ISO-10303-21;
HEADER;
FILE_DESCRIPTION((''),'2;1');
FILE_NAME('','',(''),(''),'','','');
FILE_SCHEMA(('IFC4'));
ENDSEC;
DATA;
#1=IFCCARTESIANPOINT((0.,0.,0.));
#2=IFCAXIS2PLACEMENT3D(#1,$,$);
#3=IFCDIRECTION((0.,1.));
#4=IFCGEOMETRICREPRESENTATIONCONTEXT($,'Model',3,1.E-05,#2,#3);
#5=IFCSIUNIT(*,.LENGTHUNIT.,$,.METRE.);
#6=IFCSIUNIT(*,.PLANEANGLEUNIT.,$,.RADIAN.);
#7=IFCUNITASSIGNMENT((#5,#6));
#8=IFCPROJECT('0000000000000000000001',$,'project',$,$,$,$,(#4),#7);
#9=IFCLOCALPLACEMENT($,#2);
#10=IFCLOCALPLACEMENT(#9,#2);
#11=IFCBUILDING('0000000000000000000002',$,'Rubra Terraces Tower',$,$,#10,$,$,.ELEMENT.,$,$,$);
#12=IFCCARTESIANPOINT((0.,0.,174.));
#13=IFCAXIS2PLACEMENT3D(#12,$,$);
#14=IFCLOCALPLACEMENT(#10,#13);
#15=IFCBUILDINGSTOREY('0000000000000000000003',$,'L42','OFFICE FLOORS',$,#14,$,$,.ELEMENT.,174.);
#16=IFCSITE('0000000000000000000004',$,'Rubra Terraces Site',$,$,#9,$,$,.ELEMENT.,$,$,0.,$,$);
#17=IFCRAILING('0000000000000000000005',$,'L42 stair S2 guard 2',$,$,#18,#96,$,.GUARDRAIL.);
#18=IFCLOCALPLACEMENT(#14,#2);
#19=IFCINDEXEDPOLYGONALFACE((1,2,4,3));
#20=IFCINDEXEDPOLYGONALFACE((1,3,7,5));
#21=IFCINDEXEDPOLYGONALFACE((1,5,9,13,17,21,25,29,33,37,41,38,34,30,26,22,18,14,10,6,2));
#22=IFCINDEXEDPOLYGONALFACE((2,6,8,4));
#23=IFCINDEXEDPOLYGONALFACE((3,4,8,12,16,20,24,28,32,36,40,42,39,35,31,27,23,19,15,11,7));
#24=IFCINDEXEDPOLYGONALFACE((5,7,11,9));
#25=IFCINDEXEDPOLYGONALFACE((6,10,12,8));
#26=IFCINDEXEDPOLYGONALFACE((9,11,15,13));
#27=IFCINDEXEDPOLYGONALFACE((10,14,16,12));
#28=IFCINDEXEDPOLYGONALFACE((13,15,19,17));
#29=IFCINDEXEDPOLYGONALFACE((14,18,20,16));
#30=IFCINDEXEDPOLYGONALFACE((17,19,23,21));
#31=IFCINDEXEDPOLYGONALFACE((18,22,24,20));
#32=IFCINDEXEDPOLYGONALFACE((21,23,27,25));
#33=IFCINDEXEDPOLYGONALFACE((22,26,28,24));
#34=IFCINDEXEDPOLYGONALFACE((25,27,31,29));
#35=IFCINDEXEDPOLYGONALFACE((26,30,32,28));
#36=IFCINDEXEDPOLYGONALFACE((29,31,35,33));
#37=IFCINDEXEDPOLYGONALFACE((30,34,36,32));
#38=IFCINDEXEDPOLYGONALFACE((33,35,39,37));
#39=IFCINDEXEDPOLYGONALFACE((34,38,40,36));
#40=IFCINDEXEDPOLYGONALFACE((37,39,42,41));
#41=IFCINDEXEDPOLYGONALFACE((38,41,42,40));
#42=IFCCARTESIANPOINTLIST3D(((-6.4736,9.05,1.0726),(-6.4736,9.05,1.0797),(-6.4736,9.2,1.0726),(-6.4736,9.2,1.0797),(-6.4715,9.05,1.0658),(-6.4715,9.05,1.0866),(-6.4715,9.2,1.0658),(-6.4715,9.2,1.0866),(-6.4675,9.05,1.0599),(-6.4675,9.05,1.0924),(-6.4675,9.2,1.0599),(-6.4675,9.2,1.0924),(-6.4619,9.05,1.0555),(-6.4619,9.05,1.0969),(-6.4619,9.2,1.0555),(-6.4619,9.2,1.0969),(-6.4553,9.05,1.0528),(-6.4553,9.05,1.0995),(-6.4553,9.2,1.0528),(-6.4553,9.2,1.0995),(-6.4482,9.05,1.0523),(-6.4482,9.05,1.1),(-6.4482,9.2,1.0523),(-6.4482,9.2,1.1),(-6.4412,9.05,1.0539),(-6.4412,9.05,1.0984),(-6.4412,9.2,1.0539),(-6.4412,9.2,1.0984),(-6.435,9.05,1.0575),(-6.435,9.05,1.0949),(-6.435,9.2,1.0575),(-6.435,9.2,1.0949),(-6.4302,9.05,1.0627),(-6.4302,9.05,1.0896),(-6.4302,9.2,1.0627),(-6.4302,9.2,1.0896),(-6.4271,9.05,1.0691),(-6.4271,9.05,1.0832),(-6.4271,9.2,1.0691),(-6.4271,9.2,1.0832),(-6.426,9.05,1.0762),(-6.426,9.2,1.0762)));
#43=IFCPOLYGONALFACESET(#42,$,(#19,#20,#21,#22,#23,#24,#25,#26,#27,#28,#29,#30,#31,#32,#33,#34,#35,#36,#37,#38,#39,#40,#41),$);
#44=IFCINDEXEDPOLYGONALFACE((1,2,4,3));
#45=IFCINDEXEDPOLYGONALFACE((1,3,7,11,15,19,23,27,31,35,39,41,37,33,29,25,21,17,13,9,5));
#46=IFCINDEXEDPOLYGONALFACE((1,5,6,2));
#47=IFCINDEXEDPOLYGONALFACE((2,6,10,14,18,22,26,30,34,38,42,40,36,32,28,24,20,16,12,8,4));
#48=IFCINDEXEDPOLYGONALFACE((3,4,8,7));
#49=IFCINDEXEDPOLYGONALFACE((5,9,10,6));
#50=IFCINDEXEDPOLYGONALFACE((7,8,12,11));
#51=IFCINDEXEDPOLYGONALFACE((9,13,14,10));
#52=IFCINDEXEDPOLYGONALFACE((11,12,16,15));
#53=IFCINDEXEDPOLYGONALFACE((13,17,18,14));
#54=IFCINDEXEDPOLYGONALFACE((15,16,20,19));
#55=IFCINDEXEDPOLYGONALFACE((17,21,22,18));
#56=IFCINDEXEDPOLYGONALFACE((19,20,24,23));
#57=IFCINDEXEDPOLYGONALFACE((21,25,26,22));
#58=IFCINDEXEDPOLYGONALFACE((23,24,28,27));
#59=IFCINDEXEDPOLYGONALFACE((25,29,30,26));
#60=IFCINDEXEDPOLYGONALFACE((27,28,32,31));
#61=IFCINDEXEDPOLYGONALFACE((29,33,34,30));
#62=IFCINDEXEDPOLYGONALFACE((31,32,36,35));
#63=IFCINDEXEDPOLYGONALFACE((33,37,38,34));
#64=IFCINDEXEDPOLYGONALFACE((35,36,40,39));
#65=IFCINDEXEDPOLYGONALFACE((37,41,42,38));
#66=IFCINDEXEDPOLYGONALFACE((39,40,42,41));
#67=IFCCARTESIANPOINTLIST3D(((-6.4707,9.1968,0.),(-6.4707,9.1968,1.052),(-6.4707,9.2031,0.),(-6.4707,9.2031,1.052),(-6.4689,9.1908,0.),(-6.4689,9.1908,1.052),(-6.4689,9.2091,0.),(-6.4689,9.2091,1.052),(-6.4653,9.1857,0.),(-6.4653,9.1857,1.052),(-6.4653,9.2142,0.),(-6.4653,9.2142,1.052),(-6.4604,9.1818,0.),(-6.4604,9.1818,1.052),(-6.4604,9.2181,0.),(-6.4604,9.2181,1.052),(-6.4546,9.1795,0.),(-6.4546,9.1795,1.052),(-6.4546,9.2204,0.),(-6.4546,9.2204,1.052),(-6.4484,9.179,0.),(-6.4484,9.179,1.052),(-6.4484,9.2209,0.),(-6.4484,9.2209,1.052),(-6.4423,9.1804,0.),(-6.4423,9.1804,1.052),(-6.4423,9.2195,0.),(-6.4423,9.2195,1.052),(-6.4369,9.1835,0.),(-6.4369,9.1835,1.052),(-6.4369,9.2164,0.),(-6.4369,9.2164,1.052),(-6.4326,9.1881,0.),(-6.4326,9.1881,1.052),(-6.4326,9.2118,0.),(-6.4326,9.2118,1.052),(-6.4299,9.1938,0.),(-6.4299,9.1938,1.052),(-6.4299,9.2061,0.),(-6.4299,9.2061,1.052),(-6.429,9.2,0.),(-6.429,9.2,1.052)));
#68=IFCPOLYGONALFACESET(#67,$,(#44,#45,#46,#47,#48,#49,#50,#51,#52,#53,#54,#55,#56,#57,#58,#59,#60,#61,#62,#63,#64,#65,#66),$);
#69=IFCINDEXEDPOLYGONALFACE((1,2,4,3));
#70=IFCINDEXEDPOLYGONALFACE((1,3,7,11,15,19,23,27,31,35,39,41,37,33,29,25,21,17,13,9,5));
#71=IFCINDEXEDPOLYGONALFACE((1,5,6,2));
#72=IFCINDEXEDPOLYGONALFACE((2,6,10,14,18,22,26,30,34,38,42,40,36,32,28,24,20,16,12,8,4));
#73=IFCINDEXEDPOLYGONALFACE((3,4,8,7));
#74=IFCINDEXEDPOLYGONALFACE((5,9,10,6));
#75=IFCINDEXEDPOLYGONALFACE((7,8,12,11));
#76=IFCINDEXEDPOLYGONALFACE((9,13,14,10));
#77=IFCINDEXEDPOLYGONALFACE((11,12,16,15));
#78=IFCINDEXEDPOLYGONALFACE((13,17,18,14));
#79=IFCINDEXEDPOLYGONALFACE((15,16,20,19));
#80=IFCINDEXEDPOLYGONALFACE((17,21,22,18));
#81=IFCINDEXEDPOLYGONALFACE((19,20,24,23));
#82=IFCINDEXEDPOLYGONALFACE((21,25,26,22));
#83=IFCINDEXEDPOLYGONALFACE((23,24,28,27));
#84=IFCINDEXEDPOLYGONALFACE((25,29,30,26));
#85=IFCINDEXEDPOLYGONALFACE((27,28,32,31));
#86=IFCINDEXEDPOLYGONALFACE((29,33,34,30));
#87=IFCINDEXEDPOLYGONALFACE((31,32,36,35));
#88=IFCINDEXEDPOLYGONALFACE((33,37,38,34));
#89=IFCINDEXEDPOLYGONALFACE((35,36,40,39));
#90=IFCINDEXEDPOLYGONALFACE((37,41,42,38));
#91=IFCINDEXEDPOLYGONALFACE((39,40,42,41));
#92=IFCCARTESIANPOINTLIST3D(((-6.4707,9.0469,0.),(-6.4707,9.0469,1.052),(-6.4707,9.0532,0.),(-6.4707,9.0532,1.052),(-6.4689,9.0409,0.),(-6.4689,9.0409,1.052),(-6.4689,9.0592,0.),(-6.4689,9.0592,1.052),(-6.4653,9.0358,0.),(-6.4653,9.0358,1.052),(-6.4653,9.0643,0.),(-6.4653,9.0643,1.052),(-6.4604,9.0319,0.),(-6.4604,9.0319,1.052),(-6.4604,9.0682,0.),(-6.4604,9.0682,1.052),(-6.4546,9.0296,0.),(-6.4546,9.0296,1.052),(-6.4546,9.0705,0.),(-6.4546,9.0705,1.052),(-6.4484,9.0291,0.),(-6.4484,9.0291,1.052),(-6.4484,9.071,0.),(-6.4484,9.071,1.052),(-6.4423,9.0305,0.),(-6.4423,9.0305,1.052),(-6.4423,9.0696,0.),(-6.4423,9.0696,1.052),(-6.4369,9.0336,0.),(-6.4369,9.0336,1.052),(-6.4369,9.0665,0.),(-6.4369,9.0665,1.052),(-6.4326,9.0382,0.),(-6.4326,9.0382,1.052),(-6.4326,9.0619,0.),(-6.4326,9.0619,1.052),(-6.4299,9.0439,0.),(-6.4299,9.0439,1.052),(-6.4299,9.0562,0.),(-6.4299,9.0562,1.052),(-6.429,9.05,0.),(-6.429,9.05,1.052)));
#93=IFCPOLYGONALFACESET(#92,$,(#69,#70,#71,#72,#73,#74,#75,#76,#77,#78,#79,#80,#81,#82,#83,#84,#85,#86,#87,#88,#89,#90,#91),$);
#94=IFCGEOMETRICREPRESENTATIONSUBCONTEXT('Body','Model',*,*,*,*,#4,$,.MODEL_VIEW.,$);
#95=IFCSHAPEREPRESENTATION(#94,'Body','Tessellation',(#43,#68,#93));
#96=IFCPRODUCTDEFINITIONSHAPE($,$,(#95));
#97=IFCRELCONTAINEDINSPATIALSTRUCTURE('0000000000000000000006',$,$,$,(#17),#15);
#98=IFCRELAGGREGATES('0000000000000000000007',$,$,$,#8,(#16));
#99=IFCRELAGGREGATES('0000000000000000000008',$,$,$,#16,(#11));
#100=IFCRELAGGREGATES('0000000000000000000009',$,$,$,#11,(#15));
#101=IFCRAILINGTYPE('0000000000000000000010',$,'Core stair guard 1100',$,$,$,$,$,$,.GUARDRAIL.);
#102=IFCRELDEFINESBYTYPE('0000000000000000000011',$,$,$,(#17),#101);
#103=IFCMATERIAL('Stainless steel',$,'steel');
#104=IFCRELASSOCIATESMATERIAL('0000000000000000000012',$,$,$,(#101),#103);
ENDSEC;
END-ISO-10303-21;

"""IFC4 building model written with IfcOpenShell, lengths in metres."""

from ifc_helpers import new_model, si_unit, direction, frame, origin, origin_2d, place, context, subcontext, project, spatial, circle, extrude, material, type_object, element, save


model = new_model("IFC4")

# Units and contexts
model_context = context("Model", 3, precision=1e-05, world=origin(), true_north=direction((0.0, 1.0)))
body_context = subcontext(model_context, "Body", "Model", "MODEL_VIEW")
ifc_project = project(units=[si_unit("LENGTHUNIT", "METRE"), si_unit("PLANEANGLEUNIT", "RADIAN")], contexts=[model_context])

# Site, building, storey
site_placement = place(None, origin())
site = spatial("IfcSite", under=ifc_project, at=site_placement, Name="Rubra Terraces Site", CompositionType="ELEMENT", RefElevation=0.0)
building_placement = place(site_placement, origin())
building = spatial("IfcBuilding", under=site, at=building_placement, Name="Rubra Terraces Tower", CompositionType="ELEMENT")
storey_placement = place(building_placement, frame((0.0, 0.0, 174.0)))
storey = spatial("IfcBuildingStorey", under=building, at=storey_placement, Name="L42", Description="OFFICE FLOORS", CompositionType="ELEMENT", Elevation=174.0)

# Shared definitions
ifc_material_1 = material(Name="Stainless steel", Category="steel")

# Railing
railing_type = type_object("IfcRailingType", Name="Core stair guard 1100", PredefinedType="GUARDRAIL", material=ifc_material_1)
railing_placement = place(storey_placement, frame((-6.45, 9.2, 0.0)))
element("IfcRailing", 1, at=railing_placement, inside=storey, type_object=railing_type, Name="L42 stair S2 guard 2", PredefinedType="GUARDRAIL", context=body_context, shape_type="SweptSolid", body=[
    extrude(circle(Radius=0.0239, at=origin_2d()), frame((0.0, 0.0, 1.0762), z_axis=(0.0, -1.0, 0.0), x_axis=(1.0, 0.0, 0.0)), (0.0, 0.0, 1.0), 0.1499),
    extrude(circle(Radius=0.021, at=origin_2d()), origin(), (0.0, 0.0, 1.0), 1.052),
    extrude(circle(Radius=0.021, at=origin_2d()), frame((0.0, -0.1499, 0.0)), (0.0, 0.0, 1.0), 1.052),
])

save(model, "model.ifc")
